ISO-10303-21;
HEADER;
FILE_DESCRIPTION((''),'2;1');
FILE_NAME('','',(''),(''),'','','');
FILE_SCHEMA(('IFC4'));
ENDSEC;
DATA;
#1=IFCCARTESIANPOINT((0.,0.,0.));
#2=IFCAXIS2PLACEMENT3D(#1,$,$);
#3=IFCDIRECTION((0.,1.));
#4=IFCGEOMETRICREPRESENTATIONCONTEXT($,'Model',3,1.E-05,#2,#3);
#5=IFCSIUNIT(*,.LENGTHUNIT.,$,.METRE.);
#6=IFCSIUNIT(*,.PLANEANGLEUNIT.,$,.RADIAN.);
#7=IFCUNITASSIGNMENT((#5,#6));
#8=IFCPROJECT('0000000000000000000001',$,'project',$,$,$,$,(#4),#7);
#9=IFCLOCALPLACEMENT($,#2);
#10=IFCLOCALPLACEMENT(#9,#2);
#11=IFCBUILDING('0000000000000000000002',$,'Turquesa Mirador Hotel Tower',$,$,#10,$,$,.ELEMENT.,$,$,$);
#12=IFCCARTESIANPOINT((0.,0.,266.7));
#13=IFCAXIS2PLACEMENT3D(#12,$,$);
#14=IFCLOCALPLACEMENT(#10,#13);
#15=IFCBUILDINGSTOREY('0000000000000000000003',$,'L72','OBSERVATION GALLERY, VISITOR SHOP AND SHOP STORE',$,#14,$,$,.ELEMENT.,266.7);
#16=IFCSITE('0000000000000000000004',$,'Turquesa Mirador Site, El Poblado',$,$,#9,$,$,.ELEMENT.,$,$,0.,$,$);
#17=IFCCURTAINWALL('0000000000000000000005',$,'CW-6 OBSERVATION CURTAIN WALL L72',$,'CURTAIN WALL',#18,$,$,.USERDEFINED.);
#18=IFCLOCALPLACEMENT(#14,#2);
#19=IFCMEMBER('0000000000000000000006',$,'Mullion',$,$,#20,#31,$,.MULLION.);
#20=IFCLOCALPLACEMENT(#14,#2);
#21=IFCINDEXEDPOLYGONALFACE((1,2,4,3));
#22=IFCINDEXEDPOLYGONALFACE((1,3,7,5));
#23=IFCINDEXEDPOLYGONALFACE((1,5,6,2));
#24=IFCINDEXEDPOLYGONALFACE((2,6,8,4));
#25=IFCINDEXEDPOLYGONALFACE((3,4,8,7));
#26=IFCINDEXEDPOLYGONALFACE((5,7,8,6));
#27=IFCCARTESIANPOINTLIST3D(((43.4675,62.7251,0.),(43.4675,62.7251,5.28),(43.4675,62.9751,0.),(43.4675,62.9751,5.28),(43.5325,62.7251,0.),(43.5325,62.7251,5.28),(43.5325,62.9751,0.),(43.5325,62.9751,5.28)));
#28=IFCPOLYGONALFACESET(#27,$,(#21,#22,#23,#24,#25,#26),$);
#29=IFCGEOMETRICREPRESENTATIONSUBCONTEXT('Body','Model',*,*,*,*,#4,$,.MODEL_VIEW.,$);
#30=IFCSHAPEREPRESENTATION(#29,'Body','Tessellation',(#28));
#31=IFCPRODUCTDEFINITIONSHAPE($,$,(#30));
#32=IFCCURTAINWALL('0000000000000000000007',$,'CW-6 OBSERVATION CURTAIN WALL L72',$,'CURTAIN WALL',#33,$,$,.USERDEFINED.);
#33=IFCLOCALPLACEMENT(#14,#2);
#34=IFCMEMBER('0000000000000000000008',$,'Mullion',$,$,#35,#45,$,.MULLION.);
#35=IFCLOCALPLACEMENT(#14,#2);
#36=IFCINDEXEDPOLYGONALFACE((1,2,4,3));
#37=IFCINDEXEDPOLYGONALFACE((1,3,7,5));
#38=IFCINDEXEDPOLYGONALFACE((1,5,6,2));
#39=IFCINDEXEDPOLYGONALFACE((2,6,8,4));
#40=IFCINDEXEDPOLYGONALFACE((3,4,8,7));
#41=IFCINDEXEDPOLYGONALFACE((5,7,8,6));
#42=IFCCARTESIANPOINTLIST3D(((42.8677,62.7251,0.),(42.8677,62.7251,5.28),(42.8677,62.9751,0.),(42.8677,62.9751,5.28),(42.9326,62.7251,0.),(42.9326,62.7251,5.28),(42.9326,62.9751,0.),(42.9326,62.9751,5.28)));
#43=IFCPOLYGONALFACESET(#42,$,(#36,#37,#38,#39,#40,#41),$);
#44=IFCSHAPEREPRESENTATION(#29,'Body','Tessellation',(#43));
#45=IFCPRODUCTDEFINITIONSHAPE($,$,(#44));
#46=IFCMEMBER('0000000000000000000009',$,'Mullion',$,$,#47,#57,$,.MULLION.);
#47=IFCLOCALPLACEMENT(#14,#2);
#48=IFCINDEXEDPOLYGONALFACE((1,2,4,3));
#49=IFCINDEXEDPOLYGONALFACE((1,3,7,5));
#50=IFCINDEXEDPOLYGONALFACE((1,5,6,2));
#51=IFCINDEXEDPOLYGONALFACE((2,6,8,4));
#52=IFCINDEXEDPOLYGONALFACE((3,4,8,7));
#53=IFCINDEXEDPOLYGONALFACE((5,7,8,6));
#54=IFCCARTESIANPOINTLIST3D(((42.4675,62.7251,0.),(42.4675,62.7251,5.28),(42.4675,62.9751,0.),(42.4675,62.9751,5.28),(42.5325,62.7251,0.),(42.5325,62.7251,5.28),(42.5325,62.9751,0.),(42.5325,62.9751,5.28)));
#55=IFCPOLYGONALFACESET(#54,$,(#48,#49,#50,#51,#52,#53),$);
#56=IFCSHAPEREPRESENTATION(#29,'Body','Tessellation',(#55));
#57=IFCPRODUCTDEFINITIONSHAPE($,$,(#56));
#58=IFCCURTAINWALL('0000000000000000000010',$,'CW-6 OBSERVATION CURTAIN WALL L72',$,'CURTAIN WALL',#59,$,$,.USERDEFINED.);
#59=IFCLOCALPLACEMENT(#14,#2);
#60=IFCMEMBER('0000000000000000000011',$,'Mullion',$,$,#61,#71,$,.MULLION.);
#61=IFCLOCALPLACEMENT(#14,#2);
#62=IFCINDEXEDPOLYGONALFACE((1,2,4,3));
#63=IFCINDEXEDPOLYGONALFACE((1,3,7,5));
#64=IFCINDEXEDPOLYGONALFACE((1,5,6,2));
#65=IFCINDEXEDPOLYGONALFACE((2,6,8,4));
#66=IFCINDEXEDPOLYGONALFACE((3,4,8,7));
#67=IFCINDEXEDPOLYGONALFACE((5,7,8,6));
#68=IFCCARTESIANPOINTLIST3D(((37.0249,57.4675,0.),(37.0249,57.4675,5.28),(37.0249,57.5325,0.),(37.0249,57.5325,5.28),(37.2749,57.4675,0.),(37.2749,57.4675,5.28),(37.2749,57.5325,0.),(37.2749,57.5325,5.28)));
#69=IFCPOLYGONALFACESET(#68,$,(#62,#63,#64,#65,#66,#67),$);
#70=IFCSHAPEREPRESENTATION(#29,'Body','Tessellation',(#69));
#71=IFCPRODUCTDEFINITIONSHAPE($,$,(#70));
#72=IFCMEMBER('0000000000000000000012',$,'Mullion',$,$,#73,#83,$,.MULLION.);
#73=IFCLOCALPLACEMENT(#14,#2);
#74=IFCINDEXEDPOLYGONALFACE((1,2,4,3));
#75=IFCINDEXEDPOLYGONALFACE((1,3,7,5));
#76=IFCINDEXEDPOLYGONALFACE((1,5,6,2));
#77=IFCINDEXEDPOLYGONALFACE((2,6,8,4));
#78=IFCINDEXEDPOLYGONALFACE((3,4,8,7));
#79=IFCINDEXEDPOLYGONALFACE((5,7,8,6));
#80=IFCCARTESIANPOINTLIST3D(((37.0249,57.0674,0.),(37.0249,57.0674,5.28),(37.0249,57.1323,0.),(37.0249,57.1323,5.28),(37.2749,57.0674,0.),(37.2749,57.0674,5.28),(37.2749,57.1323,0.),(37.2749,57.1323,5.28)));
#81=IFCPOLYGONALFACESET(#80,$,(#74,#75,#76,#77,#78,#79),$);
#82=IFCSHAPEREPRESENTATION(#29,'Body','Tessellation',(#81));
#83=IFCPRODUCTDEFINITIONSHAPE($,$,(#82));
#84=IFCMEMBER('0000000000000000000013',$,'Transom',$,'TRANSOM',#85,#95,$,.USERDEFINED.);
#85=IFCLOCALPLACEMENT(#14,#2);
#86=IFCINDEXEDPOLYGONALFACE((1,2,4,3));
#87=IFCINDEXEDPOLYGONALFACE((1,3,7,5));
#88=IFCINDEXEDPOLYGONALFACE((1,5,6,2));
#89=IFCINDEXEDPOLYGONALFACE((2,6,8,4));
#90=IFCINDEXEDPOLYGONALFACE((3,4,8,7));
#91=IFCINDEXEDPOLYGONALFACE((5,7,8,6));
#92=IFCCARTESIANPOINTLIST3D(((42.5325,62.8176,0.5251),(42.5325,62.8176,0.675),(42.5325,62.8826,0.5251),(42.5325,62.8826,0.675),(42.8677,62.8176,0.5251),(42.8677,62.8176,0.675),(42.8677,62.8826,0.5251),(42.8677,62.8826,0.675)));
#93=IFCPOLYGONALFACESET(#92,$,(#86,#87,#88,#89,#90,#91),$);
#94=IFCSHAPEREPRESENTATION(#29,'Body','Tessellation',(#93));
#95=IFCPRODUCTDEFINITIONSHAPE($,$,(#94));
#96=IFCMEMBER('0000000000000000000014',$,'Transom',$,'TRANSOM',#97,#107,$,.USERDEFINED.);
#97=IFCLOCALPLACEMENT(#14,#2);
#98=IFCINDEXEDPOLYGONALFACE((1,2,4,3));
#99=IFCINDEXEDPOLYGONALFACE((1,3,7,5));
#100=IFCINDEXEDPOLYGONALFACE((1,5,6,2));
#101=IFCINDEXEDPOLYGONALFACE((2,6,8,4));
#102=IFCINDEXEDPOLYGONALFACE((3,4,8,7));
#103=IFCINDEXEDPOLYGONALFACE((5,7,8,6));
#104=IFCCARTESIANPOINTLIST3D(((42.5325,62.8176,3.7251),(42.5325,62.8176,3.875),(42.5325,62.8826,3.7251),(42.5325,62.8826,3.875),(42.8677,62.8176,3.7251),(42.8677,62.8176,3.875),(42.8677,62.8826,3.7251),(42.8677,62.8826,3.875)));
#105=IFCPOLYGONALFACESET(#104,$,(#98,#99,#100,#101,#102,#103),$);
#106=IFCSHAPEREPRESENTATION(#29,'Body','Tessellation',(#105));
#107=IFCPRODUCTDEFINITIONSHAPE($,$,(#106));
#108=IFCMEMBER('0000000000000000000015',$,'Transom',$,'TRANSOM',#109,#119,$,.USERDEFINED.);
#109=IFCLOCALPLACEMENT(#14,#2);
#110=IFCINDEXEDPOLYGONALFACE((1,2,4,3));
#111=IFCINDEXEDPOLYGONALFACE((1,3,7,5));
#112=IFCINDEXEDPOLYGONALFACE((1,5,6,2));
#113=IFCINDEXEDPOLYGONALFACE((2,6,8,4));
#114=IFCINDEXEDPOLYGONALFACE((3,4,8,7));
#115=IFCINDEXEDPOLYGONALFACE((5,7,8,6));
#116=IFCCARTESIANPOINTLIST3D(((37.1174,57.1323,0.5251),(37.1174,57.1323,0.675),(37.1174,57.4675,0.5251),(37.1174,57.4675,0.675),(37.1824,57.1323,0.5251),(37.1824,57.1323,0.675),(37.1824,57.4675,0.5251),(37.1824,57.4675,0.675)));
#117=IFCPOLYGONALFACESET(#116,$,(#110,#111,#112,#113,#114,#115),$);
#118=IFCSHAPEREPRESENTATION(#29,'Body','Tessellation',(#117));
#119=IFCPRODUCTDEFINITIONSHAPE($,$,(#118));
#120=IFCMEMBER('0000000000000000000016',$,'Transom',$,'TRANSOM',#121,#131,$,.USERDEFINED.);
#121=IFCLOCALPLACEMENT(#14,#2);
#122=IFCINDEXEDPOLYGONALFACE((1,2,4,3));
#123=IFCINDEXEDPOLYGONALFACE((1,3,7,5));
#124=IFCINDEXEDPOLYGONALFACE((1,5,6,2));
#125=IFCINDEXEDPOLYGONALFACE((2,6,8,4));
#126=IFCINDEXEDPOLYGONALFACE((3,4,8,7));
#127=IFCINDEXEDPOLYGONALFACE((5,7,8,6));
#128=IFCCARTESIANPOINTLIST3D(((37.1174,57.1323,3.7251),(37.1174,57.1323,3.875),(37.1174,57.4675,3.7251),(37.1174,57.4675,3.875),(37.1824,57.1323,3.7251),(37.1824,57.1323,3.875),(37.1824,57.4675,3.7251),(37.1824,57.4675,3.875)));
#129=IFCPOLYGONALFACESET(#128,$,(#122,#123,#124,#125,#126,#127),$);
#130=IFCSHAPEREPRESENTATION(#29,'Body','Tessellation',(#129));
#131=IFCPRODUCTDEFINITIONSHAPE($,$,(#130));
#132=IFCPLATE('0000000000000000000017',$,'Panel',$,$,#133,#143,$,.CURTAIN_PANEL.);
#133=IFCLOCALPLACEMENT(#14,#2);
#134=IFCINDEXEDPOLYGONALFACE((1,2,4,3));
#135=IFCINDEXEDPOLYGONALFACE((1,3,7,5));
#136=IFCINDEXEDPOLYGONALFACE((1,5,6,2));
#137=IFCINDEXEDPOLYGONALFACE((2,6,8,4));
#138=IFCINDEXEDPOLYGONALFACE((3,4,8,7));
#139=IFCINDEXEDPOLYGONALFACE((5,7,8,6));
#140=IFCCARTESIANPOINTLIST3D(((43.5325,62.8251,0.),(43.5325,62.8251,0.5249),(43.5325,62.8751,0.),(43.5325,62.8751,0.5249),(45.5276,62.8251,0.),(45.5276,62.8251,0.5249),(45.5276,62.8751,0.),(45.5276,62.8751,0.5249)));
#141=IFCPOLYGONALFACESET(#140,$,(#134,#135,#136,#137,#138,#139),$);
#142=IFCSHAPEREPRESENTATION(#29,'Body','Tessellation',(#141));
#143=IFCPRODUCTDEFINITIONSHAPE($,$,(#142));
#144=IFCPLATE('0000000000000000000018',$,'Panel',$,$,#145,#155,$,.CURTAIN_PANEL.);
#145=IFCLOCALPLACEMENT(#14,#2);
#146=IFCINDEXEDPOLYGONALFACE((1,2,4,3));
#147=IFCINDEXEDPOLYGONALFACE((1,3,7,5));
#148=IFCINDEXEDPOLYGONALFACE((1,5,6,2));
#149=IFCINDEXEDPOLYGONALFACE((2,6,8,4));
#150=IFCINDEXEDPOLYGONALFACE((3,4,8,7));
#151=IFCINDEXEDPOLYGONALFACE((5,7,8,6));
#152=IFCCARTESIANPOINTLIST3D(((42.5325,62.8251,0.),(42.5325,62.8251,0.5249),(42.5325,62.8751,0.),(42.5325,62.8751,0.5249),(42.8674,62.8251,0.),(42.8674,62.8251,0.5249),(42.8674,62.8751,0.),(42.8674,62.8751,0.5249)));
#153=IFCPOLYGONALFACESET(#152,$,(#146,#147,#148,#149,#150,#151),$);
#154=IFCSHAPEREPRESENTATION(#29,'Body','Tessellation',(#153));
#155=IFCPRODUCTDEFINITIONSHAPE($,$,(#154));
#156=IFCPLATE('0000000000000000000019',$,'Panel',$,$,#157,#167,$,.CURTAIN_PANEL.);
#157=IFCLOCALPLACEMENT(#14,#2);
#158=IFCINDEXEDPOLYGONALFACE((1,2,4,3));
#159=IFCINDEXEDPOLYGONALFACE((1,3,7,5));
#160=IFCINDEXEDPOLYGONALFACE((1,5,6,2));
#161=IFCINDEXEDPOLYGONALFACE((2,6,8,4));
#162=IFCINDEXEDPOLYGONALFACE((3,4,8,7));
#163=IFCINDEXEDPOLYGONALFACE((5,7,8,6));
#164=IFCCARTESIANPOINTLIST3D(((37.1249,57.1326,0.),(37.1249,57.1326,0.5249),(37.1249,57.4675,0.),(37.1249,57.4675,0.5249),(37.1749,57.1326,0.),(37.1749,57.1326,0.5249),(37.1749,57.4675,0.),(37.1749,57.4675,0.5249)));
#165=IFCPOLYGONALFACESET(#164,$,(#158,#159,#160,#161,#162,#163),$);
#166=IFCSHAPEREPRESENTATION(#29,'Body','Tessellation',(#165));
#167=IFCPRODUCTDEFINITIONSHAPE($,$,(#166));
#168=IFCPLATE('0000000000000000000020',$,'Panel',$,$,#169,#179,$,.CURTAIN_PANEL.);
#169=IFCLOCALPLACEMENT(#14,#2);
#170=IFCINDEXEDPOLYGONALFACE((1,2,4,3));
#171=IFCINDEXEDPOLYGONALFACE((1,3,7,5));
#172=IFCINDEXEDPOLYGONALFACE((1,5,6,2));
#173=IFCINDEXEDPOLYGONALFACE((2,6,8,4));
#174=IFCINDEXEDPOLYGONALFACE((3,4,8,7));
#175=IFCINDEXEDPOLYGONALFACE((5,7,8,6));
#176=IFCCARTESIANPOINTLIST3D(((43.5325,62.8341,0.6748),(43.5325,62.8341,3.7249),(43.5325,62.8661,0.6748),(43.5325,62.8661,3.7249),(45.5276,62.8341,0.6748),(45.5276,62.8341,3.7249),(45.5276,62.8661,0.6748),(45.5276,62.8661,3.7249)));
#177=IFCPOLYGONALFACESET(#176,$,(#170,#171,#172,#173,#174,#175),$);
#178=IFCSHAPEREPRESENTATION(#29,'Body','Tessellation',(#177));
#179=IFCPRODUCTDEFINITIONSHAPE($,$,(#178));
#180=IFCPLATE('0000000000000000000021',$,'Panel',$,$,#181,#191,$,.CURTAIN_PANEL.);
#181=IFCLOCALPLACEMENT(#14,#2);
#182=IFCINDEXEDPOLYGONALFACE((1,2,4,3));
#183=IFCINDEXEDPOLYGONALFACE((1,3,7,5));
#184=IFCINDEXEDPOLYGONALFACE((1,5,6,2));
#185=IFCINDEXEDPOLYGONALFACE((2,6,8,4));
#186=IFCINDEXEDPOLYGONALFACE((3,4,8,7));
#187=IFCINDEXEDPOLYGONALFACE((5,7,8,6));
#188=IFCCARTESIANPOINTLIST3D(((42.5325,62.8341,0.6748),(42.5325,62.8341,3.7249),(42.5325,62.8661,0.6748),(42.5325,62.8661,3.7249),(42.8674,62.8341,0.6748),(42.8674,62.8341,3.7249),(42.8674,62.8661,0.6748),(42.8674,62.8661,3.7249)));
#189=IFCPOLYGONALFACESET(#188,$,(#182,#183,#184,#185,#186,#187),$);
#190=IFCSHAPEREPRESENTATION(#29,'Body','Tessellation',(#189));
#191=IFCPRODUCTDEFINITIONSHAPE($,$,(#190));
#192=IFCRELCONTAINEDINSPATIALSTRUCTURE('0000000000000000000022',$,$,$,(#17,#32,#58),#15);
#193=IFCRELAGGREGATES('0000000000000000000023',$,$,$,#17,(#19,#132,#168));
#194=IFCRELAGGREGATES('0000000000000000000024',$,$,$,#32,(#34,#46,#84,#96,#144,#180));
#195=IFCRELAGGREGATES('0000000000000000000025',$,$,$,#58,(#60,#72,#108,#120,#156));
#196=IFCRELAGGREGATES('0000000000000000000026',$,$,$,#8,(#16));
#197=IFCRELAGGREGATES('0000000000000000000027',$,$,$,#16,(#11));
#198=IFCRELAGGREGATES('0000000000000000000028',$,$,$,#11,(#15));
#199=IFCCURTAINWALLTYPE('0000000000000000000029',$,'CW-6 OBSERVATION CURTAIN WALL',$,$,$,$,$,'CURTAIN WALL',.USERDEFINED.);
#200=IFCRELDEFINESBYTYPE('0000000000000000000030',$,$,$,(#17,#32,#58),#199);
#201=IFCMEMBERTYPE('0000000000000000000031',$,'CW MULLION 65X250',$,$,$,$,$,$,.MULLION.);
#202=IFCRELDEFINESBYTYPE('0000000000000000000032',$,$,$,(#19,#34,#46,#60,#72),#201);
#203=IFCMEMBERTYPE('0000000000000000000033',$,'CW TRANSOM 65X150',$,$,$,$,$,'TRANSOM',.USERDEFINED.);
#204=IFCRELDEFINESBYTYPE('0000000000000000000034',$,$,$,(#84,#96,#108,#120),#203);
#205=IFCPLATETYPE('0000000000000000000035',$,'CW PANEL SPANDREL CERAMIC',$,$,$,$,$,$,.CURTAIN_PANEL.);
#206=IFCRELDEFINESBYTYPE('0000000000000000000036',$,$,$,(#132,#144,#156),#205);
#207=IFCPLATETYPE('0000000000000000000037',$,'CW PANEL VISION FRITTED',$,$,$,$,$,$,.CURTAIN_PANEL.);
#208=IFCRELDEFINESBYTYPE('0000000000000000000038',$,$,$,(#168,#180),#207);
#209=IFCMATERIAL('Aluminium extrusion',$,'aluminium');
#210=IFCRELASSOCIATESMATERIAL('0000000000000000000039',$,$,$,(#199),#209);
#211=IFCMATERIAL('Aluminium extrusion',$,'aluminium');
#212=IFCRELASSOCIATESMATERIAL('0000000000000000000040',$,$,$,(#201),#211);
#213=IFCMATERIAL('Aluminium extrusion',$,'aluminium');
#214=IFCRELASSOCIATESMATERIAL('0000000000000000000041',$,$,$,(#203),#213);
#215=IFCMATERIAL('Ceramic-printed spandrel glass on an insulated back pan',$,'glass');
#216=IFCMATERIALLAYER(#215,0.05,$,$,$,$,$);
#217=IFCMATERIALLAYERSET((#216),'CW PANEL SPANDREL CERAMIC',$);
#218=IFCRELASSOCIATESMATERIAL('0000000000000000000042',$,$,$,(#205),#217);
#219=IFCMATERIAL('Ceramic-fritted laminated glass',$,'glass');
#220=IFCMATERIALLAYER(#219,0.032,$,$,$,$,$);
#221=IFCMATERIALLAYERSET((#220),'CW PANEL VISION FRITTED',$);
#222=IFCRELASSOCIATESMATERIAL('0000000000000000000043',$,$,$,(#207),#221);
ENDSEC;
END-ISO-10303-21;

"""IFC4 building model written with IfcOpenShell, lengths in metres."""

from ifc_helpers import new_model, si_unit, direction, frame, origin, origin_2d, place, context, subcontext, project, spatial, rectangle, extrude, material, layer, layer_set, material_profile, profile_set, type_object, element, aggregate, save


model = new_model("IFC4")

# Units and contexts
model_context = context("Model", 3, precision=1e-05, world=origin(), true_north=direction((0.0, 1.0)))
body_context = subcontext(model_context, "Body", "Model", "MODEL_VIEW")
ifc_project = project(units=[si_unit("LENGTHUNIT", "METRE"), si_unit("PLANEANGLEUNIT", "RADIAN")], contexts=[model_context])

# Site, building, storey
site_placement = place(None, origin())
site = spatial("IfcSite", under=ifc_project, at=site_placement, Name="Turquesa Mirador Site, El Poblado", CompositionType="ELEMENT", RefElevation=0.0)
building_placement = place(site_placement, origin())
building = spatial("IfcBuilding", under=site, at=building_placement, Name="Turquesa Mirador Hotel Tower", CompositionType="ELEMENT")
storey_placement = place(building_placement, frame((0.0, 0.0, 266.7)))
storey = spatial("IfcBuildingStorey", under=building, at=storey_placement, Name="L72", Description="OBSERVATION GALLERY, VISITOR SHOP AND SHOP STORE", CompositionType="ELEMENT", Elevation=266.7)

# Curtain wall, member
ifc_material_1 = material(Name="Aluminium extrusion", Category="aluminium")
curtain_wall_type = type_object("IfcCurtainWallType", Name="CW-6 OBSERVATION CURTAIN WALL", ElementType="CURTAIN WALL", PredefinedType="USERDEFINED", material=ifc_material_1)
curtain_wall_1_placement = place(storey_placement, origin())
curtain_wall_1 = element("IfcCurtainWall", 1, at=curtain_wall_1_placement, inside=storey, type_object=curtain_wall_type, Name="CW-6 OBSERVATION CURTAIN WALL L72", ObjectType="CURTAIN WALL", PredefinedType="USERDEFINED")
ifc_material_2 = material(Name="Aluminium extrusion", Category="aluminium")
ifc_material_profile_1 = material_profile(ifc_material_2, rectangle(XDim=0.0649, YDim=0.25, at=origin_2d()), Name="MULLION 65X250")
ifc_profile_set_1 = profile_set([ifc_material_profile_1], Name="Aluminium extrusion")
member_type_1 = type_object("IfcMemberType", Name="CW MULLION 65X250", PredefinedType="MULLION", material=ifc_profile_set_1)
member_1_placement = place(storey_placement, frame((43.5, 62.8501, 0.0), z_axis=(0.0, 0.0, 1.0), x_axis=(-1.0, 0.0, 0.0)))
member_1 = element("IfcMember", 2, at=member_1_placement, type_object=member_type_1, Name="Mullion", PredefinedType="MULLION", context=body_context, shape_type="SweptSolid", body=[
    extrude(rectangle(XDim=0.0649, YDim=0.25, at=origin_2d()), origin(), (0.0, 0.0, 1.0), 5.28),
])

# Curtain walls, members
curtain_wall_2_placement = place(storey_placement, origin())
curtain_wall_2 = element("IfcCurtainWall", 3, at=curtain_wall_2_placement, inside=storey, type_object=curtain_wall_type, Name="CW-6 OBSERVATION CURTAIN WALL L72", ObjectType="CURTAIN WALL", PredefinedType="USERDEFINED")
member_2_placement = place(storey_placement, frame((42.9001, 62.8501, 0.0), z_axis=(0.0, 0.0, 1.0), x_axis=(-1.0, 0.0, 0.0)))
member_2 = element("IfcMember", 4, at=member_2_placement, type_object=member_type_1, Name="Mullion", PredefinedType="MULLION", context=body_context, shape_type="SweptSolid", body=[
    extrude(rectangle(XDim=0.0649, YDim=0.25, at=origin_2d()), origin(), (0.0, 0.0, 1.0), 5.28),
])
member_3_placement = place(storey_placement, frame((42.5, 62.8501, 0.0), z_axis=(0.0, 0.0, 1.0), x_axis=(-1.0, 0.0, 0.0)))
member_3 = element("IfcMember", 5, at=member_3_placement, type_object=member_type_1, Name="Mullion", PredefinedType="MULLION", context=body_context, shape_type="SweptSolid", body=[
    extrude(rectangle(XDim=0.0649, YDim=0.25, at=origin_2d()), origin(), (0.0, 0.0, 1.0), 5.28),
])
curtain_wall_3_placement = place(storey_placement, origin())
curtain_wall_3 = element("IfcCurtainWall", 6, at=curtain_wall_3_placement, inside=storey, type_object=curtain_wall_type, Name="CW-6 OBSERVATION CURTAIN WALL L72", ObjectType="CURTAIN WALL", PredefinedType="USERDEFINED")
member_4_placement = place(storey_placement, frame((37.1499, 57.5, 0.0), z_axis=(0.0, 0.0, 1.0), x_axis=(0.0, -1.0, 0.0)))
member_4 = element("IfcMember", 7, at=member_4_placement, type_object=member_type_1, Name="Mullion", PredefinedType="MULLION", context=body_context, shape_type="SweptSolid", body=[
    extrude(rectangle(XDim=0.0649, YDim=0.25, at=origin_2d()), origin(), (0.0, 0.0, 1.0), 5.28),
])
member_5_placement = place(storey_placement, frame((37.1499, 57.0999, 0.0), z_axis=(0.0, 0.0, 1.0), x_axis=(0.0, -1.0, 0.0)))
member_5 = element("IfcMember", 8, at=member_5_placement, type_object=member_type_1, Name="Mullion", PredefinedType="MULLION", context=body_context, shape_type="SweptSolid", body=[
    extrude(rectangle(XDim=0.0649, YDim=0.25, at=origin_2d()), origin(), (0.0, 0.0, 1.0), 5.28),
])

# Members
ifc_material_3 = material(Name="Aluminium extrusion", Category="aluminium")
ifc_material_profile_2 = material_profile(ifc_material_3, rectangle(XDim=0.0649, YDim=0.1499, at=origin_2d()), Name="TRANSOM 65X150")
ifc_profile_set_2 = profile_set([ifc_material_profile_2], Name="Aluminium extrusion")
member_type_2 = type_object("IfcMemberType", Name="CW TRANSOM 65X150", ElementType="TRANSOM", PredefinedType="USERDEFINED", material=ifc_profile_set_2)
member_6_placement = place(storey_placement, frame((42.8677, 62.8501, 0.6001), z_axis=(-1.0, 0.0, 0.0), x_axis=(0.0, -1.0, 0.0)))
member_6 = element("IfcMember", 9, at=member_6_placement, type_object=member_type_2, Name="Transom", ObjectType="TRANSOM", PredefinedType="USERDEFINED", context=body_context, shape_type="SweptSolid", body=[
    extrude(rectangle(XDim=0.0649, YDim=0.1499, at=origin_2d()), origin(), (0.0, 0.0, 1.0), 0.3352),
])
member_7_placement = place(storey_placement, frame((42.8677, 62.8501, 3.8), z_axis=(-1.0, 0.0, 0.0), x_axis=(0.0, -1.0, 0.0)))
member_7 = element("IfcMember", 10, at=member_7_placement, type_object=member_type_2, Name="Transom", ObjectType="TRANSOM", PredefinedType="USERDEFINED", context=body_context, shape_type="SweptSolid", body=[
    extrude(rectangle(XDim=0.0649, YDim=0.1499, at=origin_2d()), origin(), (0.0, 0.0, 1.0), 0.3352),
])
member_8_placement = place(storey_placement, frame((37.1499, 57.4675, 0.6001), z_axis=(0.0, -1.0, 0.0), x_axis=(1.0, 0.0, 0.0)))
member_8 = element("IfcMember", 11, at=member_8_placement, type_object=member_type_2, Name="Transom", ObjectType="TRANSOM", PredefinedType="USERDEFINED", context=body_context, shape_type="SweptSolid", body=[
    extrude(rectangle(XDim=0.0649, YDim=0.1499, at=origin_2d()), origin(), (0.0, 0.0, 1.0), 0.3352),
])
member_9_placement = place(storey_placement, frame((37.1499, 57.4675, 3.8), z_axis=(0.0, -1.0, 0.0), x_axis=(1.0, 0.0, 0.0)))
member_9 = element("IfcMember", 12, at=member_9_placement, type_object=member_type_2, Name="Transom", ObjectType="TRANSOM", PredefinedType="USERDEFINED", context=body_context, shape_type="SweptSolid", body=[
    extrude(rectangle(XDim=0.0649, YDim=0.1499, at=origin_2d()), origin(), (0.0, 0.0, 1.0), 0.3352),
])

# Plates
ifc_material_4 = material(Name="Ceramic-printed spandrel glass on an insulated back pan", Category="glass")
ifc_layer_1 = layer(ifc_material_4, 0.05)
ifc_layer_set_1 = layer_set([ifc_layer_1], Name="CW PANEL SPANDREL CERAMIC")
plate_type_1 = type_object("IfcPlateType", Name="CW PANEL SPANDREL CERAMIC", PredefinedType="CURTAIN_PANEL", material=ifc_layer_set_1)
plate_1_placement = place(storey_placement, frame((44.53, 62.8501, 0.0), z_axis=(0.0, 0.0, 1.0), x_axis=(-1.0, 0.0, 0.0)))
plate_1 = element("IfcPlate", 13, at=plate_1_placement, type_object=plate_type_1, Name="Panel", PredefinedType="CURTAIN_PANEL", context=body_context, shape_type="SweptSolid", body=[
    extrude(rectangle(XDim=1.9951, YDim=0.05, at=origin_2d()), origin(), (0.0, 0.0, 1.0), 0.5249),
])
plate_2_placement = place(storey_placement, frame((42.7, 62.8501, 0.0), z_axis=(0.0, 0.0, 1.0), x_axis=(-1.0, 0.0, 0.0)))
plate_2 = element("IfcPlate", 14, at=plate_2_placement, type_object=plate_type_1, Name="Panel", PredefinedType="CURTAIN_PANEL", context=body_context, shape_type="SweptSolid", body=[
    extrude(rectangle(XDim=0.335, YDim=0.05, at=origin_2d()), origin(), (0.0, 0.0, 1.0), 0.5249),
])
plate_3_placement = place(storey_placement, frame((37.1499, 57.3, 0.0), z_axis=(0.0, 0.0, 1.0), x_axis=(0.0, -1.0, 0.0)))
plate_3 = element("IfcPlate", 15, at=plate_3_placement, type_object=plate_type_1, Name="Panel", PredefinedType="CURTAIN_PANEL", context=body_context, shape_type="SweptSolid", body=[
    extrude(rectangle(XDim=0.335, YDim=0.05, at=origin_2d()), origin(), (0.0, 0.0, 1.0), 0.5249),
])
ifc_material_5 = material(Name="Ceramic-fritted laminated glass", Category="glass")
ifc_layer_2 = layer(ifc_material_5, 0.032)
ifc_layer_set_2 = layer_set([ifc_layer_2], Name="CW PANEL VISION FRITTED")
plate_type_2 = type_object("IfcPlateType", Name="CW PANEL VISION FRITTED", PredefinedType="CURTAIN_PANEL", material=ifc_layer_set_2)
plate_4_placement = place(storey_placement, frame((44.53, 62.8501, 0.6748), z_axis=(0.0, 0.0, 1.0), x_axis=(-1.0, 0.0, 0.0)))
plate_4 = element("IfcPlate", 16, at=plate_4_placement, type_object=plate_type_2, Name="Panel", PredefinedType="CURTAIN_PANEL", context=body_context, shape_type="SweptSolid", body=[
    extrude(rectangle(XDim=1.9951, YDim=0.032, at=origin_2d()), origin(), (0.0, 0.0, 1.0), 3.05),
])
aggregate(curtain_wall_1, [member_1, plate_1, plate_4])
plate_5_placement = place(storey_placement, frame((42.7, 62.8501, 0.6748), z_axis=(0.0, 0.0, 1.0), x_axis=(-1.0, 0.0, 0.0)))
plate_5 = element("IfcPlate", 17, at=plate_5_placement, type_object=plate_type_2, Name="Panel", PredefinedType="CURTAIN_PANEL", context=body_context, shape_type="SweptSolid", body=[
    extrude(rectangle(XDim=0.335, YDim=0.032, at=origin_2d()), origin(), (0.0, 0.0, 1.0), 3.05),
])
aggregate(curtain_wall_2, [member_2, member_3, member_6, member_7, plate_2, plate_5])
aggregate(curtain_wall_3, [member_4, member_5, member_8, member_9, plate_3])

save(model, "model.ifc")
